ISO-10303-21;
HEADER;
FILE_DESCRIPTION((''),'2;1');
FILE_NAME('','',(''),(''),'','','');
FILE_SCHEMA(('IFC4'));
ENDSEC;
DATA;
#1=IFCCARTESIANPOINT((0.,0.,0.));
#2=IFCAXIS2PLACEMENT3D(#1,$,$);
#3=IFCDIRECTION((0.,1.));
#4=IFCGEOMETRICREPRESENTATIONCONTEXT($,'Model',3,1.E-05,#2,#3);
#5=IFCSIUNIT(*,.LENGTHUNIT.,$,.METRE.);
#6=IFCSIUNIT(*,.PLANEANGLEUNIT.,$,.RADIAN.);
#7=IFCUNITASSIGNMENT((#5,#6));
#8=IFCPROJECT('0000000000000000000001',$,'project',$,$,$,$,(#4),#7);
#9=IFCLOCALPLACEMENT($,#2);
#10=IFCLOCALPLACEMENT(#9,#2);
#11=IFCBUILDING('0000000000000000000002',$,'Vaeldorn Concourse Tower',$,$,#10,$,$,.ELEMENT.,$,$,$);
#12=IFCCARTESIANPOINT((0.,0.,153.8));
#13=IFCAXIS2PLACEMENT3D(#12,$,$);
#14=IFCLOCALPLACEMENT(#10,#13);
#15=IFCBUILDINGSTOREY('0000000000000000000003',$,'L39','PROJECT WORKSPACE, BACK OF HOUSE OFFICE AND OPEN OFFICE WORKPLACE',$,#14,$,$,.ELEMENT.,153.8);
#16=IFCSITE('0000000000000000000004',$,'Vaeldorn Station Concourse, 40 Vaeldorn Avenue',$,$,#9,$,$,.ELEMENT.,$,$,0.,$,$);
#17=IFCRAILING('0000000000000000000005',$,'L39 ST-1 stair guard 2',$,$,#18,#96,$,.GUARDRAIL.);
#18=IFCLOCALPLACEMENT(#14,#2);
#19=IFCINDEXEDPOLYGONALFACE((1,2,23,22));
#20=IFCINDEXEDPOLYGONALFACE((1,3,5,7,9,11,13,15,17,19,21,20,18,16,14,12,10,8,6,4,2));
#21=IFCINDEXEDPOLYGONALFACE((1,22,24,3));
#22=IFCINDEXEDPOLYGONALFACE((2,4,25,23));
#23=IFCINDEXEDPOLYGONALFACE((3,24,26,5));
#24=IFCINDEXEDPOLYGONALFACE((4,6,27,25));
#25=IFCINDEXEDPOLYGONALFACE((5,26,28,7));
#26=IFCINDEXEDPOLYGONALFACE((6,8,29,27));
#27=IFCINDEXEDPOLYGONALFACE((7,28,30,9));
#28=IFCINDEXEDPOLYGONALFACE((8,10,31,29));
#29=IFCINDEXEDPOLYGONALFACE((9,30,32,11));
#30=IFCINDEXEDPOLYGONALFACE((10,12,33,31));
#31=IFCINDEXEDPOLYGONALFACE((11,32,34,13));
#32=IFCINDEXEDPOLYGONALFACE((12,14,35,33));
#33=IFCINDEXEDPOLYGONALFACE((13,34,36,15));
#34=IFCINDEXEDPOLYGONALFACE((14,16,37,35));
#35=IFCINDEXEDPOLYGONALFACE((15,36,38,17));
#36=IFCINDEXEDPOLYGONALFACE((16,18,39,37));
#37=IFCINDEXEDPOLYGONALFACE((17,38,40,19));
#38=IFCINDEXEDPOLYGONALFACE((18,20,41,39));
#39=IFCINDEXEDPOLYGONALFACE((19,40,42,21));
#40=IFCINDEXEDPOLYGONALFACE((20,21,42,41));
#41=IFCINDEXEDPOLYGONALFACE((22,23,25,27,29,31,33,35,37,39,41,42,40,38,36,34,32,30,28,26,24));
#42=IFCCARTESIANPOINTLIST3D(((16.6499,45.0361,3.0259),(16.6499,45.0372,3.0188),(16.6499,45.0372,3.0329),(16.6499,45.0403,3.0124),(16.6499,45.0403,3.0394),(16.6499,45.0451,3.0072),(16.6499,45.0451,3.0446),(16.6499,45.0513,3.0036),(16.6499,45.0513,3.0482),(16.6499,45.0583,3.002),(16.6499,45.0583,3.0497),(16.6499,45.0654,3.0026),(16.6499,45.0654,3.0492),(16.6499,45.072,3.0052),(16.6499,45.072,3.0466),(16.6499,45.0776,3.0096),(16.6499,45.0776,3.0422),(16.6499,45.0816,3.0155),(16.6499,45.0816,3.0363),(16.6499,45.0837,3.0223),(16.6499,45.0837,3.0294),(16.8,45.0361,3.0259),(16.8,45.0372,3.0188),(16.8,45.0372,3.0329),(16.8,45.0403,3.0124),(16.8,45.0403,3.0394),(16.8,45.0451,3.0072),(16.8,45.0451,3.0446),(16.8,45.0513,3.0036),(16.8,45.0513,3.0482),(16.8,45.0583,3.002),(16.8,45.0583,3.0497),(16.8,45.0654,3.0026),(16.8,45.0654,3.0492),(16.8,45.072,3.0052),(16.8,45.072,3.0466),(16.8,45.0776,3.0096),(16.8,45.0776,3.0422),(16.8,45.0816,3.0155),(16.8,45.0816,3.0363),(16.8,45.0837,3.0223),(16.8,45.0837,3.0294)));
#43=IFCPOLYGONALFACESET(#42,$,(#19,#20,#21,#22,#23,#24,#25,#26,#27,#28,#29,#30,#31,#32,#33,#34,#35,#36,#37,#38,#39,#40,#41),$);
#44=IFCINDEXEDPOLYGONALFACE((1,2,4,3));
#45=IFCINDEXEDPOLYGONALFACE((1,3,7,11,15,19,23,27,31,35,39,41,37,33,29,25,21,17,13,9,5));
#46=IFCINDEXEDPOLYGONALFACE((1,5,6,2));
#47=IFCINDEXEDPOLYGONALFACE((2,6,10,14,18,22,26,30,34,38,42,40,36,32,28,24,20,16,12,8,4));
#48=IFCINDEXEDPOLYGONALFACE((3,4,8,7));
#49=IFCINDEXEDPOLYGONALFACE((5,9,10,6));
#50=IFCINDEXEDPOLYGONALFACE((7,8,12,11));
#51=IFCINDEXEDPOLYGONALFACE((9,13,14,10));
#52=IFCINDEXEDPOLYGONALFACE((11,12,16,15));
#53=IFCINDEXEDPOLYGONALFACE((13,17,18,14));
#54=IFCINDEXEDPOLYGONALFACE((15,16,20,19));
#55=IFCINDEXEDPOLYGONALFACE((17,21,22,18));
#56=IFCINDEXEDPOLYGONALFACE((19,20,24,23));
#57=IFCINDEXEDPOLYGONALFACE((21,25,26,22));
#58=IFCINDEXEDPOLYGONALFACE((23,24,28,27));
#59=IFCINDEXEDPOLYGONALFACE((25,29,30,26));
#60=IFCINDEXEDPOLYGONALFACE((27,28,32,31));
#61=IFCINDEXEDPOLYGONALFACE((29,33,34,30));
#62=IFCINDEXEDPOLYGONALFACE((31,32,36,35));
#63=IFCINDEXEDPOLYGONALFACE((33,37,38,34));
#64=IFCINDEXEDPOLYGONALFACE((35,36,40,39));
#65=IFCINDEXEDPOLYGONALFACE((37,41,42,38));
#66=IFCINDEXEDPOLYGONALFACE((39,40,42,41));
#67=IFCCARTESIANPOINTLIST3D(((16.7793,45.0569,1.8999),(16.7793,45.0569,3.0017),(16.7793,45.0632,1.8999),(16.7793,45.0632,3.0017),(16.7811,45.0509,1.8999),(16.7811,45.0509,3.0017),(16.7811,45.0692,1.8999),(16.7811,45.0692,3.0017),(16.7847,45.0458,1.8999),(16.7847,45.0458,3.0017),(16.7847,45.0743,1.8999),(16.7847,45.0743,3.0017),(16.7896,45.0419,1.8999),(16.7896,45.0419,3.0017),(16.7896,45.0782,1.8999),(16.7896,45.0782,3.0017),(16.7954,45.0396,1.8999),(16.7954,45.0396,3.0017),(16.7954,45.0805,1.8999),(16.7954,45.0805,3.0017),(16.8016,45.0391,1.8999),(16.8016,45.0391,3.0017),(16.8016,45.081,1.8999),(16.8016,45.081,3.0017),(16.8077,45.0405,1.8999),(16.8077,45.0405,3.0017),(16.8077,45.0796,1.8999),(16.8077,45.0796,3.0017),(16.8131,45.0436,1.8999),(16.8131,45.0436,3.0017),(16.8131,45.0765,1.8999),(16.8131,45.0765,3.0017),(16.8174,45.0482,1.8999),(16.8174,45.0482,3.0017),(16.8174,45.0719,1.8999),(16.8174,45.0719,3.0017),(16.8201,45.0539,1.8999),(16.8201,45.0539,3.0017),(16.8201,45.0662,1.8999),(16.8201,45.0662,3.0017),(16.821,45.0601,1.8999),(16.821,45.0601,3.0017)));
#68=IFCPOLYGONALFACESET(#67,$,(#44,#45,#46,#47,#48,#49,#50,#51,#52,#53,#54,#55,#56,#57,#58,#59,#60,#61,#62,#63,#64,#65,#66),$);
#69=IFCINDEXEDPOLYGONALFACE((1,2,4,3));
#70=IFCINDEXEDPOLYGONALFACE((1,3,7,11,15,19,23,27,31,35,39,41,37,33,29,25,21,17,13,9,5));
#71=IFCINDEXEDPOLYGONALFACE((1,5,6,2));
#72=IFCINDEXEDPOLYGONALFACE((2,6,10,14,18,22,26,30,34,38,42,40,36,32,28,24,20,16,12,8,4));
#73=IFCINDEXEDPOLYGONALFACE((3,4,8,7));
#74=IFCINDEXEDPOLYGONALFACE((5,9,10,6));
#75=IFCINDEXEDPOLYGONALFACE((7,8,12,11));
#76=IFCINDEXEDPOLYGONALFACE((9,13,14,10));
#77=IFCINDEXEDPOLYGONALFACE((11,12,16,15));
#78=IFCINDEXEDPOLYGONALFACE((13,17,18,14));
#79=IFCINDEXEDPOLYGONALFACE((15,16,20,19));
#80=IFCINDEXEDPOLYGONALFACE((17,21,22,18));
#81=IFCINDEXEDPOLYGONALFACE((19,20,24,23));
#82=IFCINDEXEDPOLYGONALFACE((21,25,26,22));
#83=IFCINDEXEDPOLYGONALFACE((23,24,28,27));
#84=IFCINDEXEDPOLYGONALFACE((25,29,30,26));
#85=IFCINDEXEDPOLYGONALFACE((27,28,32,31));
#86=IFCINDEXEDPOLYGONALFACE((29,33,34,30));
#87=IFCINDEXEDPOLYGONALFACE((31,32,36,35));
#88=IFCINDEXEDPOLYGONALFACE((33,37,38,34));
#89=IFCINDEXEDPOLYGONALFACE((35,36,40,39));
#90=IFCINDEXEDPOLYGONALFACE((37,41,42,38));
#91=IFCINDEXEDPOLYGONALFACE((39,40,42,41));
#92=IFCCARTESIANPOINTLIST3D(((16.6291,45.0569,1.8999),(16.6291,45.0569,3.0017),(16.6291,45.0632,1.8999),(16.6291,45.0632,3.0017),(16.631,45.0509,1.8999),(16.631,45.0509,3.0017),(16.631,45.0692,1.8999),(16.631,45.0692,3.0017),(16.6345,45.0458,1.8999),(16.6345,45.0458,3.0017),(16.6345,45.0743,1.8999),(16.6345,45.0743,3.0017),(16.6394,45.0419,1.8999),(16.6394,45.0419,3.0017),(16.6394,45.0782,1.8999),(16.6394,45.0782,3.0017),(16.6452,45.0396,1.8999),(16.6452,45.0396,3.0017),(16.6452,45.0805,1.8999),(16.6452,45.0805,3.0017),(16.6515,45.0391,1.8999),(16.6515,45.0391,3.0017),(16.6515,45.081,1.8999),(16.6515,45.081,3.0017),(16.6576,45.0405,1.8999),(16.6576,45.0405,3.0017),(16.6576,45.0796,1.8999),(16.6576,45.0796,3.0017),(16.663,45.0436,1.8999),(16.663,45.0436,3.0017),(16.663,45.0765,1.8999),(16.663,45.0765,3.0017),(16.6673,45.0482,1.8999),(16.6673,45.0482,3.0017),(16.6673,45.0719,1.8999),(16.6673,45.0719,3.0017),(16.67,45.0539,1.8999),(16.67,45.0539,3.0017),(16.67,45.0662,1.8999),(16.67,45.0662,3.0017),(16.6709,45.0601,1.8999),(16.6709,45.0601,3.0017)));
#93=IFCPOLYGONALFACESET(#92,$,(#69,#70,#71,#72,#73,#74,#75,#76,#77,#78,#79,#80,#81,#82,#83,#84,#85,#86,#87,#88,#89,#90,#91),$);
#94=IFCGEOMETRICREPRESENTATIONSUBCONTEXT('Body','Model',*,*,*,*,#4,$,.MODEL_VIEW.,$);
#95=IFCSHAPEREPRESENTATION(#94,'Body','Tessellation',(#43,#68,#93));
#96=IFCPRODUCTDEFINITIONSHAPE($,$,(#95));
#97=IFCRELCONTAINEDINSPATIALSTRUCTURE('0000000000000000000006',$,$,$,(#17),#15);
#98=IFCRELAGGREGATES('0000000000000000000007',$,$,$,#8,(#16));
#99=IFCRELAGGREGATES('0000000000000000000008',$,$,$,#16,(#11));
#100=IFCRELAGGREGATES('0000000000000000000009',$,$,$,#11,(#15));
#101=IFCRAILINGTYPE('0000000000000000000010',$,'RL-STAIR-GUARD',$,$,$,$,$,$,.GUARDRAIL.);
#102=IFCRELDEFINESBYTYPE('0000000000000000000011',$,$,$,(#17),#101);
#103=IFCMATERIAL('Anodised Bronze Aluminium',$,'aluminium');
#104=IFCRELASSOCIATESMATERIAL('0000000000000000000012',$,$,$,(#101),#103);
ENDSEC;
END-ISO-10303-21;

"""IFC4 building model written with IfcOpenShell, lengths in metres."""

from ifc_helpers import new_model, si_unit, direction, frame, origin, origin_2d, place, context, subcontext, project, spatial, circle, extrude, material, type_object, element, save


model = new_model("IFC4")

# Units and contexts
model_context = context("Model", 3, precision=1e-05, world=origin(), true_north=direction((0.0, 1.0)))
body_context = subcontext(model_context, "Body", "Model", "MODEL_VIEW")
ifc_project = project(units=[si_unit("LENGTHUNIT", "METRE"), si_unit("PLANEANGLEUNIT", "RADIAN")], contexts=[model_context])

# Site, building, storey
site_placement = place(None, origin())
site = spatial("IfcSite", under=ifc_project, at=site_placement, Name="Vaeldorn Station Concourse, 40 Vaeldorn Avenue", CompositionType="ELEMENT", RefElevation=0.0)
building_placement = place(site_placement, origin())
building = spatial("IfcBuilding", under=site, at=building_placement, Name="Vaeldorn Concourse Tower", CompositionType="ELEMENT")
storey_placement = place(building_placement, frame((0.0, 0.0, 153.8)))
storey = spatial("IfcBuildingStorey", under=building, at=storey_placement, Name="L39", Description="PROJECT WORKSPACE, BACK OF HOUSE OFFICE AND OPEN OFFICE WORKPLACE", CompositionType="ELEMENT", Elevation=153.8)

# Shared definitions
ifc_material_1 = material(Name="Anodised Bronze Aluminium", Category="aluminium")

# Railing
railing_type_1 = type_object("IfcRailingType", Name="RL-STAIR-GUARD", PredefinedType="GUARDRAIL", material=ifc_material_1)
railing_1_placement = place(storey_placement, frame((16.8, 45.0601, 1.8999)))
element("IfcRailing", 1, at=railing_1_placement, inside=storey, type_object=railing_type_1, Name="L39 ST-1 stair guard 2", PredefinedType="GUARDRAIL", context=body_context, shape_type="SweptSolid", body=[
    extrude(circle(Radius=0.0239, at=origin_2d()), frame((0.0, 0.0, 1.126), z_axis=(-1.0, 0.0, 0.0), x_axis=(0.0, -1.0, 0.0)), (0.0, 0.0, 1.0), 0.1501),
    extrude(circle(Radius=0.021, at=origin_2d()), origin(), (0.0, 0.0, 1.0), 1.1018),
    extrude(circle(Radius=0.021, at=origin_2d()), frame((-0.1501, 0.0, 0.0)), (0.0, 0.0, 1.0), 1.1018),
])

save(model, "model.ifc")
